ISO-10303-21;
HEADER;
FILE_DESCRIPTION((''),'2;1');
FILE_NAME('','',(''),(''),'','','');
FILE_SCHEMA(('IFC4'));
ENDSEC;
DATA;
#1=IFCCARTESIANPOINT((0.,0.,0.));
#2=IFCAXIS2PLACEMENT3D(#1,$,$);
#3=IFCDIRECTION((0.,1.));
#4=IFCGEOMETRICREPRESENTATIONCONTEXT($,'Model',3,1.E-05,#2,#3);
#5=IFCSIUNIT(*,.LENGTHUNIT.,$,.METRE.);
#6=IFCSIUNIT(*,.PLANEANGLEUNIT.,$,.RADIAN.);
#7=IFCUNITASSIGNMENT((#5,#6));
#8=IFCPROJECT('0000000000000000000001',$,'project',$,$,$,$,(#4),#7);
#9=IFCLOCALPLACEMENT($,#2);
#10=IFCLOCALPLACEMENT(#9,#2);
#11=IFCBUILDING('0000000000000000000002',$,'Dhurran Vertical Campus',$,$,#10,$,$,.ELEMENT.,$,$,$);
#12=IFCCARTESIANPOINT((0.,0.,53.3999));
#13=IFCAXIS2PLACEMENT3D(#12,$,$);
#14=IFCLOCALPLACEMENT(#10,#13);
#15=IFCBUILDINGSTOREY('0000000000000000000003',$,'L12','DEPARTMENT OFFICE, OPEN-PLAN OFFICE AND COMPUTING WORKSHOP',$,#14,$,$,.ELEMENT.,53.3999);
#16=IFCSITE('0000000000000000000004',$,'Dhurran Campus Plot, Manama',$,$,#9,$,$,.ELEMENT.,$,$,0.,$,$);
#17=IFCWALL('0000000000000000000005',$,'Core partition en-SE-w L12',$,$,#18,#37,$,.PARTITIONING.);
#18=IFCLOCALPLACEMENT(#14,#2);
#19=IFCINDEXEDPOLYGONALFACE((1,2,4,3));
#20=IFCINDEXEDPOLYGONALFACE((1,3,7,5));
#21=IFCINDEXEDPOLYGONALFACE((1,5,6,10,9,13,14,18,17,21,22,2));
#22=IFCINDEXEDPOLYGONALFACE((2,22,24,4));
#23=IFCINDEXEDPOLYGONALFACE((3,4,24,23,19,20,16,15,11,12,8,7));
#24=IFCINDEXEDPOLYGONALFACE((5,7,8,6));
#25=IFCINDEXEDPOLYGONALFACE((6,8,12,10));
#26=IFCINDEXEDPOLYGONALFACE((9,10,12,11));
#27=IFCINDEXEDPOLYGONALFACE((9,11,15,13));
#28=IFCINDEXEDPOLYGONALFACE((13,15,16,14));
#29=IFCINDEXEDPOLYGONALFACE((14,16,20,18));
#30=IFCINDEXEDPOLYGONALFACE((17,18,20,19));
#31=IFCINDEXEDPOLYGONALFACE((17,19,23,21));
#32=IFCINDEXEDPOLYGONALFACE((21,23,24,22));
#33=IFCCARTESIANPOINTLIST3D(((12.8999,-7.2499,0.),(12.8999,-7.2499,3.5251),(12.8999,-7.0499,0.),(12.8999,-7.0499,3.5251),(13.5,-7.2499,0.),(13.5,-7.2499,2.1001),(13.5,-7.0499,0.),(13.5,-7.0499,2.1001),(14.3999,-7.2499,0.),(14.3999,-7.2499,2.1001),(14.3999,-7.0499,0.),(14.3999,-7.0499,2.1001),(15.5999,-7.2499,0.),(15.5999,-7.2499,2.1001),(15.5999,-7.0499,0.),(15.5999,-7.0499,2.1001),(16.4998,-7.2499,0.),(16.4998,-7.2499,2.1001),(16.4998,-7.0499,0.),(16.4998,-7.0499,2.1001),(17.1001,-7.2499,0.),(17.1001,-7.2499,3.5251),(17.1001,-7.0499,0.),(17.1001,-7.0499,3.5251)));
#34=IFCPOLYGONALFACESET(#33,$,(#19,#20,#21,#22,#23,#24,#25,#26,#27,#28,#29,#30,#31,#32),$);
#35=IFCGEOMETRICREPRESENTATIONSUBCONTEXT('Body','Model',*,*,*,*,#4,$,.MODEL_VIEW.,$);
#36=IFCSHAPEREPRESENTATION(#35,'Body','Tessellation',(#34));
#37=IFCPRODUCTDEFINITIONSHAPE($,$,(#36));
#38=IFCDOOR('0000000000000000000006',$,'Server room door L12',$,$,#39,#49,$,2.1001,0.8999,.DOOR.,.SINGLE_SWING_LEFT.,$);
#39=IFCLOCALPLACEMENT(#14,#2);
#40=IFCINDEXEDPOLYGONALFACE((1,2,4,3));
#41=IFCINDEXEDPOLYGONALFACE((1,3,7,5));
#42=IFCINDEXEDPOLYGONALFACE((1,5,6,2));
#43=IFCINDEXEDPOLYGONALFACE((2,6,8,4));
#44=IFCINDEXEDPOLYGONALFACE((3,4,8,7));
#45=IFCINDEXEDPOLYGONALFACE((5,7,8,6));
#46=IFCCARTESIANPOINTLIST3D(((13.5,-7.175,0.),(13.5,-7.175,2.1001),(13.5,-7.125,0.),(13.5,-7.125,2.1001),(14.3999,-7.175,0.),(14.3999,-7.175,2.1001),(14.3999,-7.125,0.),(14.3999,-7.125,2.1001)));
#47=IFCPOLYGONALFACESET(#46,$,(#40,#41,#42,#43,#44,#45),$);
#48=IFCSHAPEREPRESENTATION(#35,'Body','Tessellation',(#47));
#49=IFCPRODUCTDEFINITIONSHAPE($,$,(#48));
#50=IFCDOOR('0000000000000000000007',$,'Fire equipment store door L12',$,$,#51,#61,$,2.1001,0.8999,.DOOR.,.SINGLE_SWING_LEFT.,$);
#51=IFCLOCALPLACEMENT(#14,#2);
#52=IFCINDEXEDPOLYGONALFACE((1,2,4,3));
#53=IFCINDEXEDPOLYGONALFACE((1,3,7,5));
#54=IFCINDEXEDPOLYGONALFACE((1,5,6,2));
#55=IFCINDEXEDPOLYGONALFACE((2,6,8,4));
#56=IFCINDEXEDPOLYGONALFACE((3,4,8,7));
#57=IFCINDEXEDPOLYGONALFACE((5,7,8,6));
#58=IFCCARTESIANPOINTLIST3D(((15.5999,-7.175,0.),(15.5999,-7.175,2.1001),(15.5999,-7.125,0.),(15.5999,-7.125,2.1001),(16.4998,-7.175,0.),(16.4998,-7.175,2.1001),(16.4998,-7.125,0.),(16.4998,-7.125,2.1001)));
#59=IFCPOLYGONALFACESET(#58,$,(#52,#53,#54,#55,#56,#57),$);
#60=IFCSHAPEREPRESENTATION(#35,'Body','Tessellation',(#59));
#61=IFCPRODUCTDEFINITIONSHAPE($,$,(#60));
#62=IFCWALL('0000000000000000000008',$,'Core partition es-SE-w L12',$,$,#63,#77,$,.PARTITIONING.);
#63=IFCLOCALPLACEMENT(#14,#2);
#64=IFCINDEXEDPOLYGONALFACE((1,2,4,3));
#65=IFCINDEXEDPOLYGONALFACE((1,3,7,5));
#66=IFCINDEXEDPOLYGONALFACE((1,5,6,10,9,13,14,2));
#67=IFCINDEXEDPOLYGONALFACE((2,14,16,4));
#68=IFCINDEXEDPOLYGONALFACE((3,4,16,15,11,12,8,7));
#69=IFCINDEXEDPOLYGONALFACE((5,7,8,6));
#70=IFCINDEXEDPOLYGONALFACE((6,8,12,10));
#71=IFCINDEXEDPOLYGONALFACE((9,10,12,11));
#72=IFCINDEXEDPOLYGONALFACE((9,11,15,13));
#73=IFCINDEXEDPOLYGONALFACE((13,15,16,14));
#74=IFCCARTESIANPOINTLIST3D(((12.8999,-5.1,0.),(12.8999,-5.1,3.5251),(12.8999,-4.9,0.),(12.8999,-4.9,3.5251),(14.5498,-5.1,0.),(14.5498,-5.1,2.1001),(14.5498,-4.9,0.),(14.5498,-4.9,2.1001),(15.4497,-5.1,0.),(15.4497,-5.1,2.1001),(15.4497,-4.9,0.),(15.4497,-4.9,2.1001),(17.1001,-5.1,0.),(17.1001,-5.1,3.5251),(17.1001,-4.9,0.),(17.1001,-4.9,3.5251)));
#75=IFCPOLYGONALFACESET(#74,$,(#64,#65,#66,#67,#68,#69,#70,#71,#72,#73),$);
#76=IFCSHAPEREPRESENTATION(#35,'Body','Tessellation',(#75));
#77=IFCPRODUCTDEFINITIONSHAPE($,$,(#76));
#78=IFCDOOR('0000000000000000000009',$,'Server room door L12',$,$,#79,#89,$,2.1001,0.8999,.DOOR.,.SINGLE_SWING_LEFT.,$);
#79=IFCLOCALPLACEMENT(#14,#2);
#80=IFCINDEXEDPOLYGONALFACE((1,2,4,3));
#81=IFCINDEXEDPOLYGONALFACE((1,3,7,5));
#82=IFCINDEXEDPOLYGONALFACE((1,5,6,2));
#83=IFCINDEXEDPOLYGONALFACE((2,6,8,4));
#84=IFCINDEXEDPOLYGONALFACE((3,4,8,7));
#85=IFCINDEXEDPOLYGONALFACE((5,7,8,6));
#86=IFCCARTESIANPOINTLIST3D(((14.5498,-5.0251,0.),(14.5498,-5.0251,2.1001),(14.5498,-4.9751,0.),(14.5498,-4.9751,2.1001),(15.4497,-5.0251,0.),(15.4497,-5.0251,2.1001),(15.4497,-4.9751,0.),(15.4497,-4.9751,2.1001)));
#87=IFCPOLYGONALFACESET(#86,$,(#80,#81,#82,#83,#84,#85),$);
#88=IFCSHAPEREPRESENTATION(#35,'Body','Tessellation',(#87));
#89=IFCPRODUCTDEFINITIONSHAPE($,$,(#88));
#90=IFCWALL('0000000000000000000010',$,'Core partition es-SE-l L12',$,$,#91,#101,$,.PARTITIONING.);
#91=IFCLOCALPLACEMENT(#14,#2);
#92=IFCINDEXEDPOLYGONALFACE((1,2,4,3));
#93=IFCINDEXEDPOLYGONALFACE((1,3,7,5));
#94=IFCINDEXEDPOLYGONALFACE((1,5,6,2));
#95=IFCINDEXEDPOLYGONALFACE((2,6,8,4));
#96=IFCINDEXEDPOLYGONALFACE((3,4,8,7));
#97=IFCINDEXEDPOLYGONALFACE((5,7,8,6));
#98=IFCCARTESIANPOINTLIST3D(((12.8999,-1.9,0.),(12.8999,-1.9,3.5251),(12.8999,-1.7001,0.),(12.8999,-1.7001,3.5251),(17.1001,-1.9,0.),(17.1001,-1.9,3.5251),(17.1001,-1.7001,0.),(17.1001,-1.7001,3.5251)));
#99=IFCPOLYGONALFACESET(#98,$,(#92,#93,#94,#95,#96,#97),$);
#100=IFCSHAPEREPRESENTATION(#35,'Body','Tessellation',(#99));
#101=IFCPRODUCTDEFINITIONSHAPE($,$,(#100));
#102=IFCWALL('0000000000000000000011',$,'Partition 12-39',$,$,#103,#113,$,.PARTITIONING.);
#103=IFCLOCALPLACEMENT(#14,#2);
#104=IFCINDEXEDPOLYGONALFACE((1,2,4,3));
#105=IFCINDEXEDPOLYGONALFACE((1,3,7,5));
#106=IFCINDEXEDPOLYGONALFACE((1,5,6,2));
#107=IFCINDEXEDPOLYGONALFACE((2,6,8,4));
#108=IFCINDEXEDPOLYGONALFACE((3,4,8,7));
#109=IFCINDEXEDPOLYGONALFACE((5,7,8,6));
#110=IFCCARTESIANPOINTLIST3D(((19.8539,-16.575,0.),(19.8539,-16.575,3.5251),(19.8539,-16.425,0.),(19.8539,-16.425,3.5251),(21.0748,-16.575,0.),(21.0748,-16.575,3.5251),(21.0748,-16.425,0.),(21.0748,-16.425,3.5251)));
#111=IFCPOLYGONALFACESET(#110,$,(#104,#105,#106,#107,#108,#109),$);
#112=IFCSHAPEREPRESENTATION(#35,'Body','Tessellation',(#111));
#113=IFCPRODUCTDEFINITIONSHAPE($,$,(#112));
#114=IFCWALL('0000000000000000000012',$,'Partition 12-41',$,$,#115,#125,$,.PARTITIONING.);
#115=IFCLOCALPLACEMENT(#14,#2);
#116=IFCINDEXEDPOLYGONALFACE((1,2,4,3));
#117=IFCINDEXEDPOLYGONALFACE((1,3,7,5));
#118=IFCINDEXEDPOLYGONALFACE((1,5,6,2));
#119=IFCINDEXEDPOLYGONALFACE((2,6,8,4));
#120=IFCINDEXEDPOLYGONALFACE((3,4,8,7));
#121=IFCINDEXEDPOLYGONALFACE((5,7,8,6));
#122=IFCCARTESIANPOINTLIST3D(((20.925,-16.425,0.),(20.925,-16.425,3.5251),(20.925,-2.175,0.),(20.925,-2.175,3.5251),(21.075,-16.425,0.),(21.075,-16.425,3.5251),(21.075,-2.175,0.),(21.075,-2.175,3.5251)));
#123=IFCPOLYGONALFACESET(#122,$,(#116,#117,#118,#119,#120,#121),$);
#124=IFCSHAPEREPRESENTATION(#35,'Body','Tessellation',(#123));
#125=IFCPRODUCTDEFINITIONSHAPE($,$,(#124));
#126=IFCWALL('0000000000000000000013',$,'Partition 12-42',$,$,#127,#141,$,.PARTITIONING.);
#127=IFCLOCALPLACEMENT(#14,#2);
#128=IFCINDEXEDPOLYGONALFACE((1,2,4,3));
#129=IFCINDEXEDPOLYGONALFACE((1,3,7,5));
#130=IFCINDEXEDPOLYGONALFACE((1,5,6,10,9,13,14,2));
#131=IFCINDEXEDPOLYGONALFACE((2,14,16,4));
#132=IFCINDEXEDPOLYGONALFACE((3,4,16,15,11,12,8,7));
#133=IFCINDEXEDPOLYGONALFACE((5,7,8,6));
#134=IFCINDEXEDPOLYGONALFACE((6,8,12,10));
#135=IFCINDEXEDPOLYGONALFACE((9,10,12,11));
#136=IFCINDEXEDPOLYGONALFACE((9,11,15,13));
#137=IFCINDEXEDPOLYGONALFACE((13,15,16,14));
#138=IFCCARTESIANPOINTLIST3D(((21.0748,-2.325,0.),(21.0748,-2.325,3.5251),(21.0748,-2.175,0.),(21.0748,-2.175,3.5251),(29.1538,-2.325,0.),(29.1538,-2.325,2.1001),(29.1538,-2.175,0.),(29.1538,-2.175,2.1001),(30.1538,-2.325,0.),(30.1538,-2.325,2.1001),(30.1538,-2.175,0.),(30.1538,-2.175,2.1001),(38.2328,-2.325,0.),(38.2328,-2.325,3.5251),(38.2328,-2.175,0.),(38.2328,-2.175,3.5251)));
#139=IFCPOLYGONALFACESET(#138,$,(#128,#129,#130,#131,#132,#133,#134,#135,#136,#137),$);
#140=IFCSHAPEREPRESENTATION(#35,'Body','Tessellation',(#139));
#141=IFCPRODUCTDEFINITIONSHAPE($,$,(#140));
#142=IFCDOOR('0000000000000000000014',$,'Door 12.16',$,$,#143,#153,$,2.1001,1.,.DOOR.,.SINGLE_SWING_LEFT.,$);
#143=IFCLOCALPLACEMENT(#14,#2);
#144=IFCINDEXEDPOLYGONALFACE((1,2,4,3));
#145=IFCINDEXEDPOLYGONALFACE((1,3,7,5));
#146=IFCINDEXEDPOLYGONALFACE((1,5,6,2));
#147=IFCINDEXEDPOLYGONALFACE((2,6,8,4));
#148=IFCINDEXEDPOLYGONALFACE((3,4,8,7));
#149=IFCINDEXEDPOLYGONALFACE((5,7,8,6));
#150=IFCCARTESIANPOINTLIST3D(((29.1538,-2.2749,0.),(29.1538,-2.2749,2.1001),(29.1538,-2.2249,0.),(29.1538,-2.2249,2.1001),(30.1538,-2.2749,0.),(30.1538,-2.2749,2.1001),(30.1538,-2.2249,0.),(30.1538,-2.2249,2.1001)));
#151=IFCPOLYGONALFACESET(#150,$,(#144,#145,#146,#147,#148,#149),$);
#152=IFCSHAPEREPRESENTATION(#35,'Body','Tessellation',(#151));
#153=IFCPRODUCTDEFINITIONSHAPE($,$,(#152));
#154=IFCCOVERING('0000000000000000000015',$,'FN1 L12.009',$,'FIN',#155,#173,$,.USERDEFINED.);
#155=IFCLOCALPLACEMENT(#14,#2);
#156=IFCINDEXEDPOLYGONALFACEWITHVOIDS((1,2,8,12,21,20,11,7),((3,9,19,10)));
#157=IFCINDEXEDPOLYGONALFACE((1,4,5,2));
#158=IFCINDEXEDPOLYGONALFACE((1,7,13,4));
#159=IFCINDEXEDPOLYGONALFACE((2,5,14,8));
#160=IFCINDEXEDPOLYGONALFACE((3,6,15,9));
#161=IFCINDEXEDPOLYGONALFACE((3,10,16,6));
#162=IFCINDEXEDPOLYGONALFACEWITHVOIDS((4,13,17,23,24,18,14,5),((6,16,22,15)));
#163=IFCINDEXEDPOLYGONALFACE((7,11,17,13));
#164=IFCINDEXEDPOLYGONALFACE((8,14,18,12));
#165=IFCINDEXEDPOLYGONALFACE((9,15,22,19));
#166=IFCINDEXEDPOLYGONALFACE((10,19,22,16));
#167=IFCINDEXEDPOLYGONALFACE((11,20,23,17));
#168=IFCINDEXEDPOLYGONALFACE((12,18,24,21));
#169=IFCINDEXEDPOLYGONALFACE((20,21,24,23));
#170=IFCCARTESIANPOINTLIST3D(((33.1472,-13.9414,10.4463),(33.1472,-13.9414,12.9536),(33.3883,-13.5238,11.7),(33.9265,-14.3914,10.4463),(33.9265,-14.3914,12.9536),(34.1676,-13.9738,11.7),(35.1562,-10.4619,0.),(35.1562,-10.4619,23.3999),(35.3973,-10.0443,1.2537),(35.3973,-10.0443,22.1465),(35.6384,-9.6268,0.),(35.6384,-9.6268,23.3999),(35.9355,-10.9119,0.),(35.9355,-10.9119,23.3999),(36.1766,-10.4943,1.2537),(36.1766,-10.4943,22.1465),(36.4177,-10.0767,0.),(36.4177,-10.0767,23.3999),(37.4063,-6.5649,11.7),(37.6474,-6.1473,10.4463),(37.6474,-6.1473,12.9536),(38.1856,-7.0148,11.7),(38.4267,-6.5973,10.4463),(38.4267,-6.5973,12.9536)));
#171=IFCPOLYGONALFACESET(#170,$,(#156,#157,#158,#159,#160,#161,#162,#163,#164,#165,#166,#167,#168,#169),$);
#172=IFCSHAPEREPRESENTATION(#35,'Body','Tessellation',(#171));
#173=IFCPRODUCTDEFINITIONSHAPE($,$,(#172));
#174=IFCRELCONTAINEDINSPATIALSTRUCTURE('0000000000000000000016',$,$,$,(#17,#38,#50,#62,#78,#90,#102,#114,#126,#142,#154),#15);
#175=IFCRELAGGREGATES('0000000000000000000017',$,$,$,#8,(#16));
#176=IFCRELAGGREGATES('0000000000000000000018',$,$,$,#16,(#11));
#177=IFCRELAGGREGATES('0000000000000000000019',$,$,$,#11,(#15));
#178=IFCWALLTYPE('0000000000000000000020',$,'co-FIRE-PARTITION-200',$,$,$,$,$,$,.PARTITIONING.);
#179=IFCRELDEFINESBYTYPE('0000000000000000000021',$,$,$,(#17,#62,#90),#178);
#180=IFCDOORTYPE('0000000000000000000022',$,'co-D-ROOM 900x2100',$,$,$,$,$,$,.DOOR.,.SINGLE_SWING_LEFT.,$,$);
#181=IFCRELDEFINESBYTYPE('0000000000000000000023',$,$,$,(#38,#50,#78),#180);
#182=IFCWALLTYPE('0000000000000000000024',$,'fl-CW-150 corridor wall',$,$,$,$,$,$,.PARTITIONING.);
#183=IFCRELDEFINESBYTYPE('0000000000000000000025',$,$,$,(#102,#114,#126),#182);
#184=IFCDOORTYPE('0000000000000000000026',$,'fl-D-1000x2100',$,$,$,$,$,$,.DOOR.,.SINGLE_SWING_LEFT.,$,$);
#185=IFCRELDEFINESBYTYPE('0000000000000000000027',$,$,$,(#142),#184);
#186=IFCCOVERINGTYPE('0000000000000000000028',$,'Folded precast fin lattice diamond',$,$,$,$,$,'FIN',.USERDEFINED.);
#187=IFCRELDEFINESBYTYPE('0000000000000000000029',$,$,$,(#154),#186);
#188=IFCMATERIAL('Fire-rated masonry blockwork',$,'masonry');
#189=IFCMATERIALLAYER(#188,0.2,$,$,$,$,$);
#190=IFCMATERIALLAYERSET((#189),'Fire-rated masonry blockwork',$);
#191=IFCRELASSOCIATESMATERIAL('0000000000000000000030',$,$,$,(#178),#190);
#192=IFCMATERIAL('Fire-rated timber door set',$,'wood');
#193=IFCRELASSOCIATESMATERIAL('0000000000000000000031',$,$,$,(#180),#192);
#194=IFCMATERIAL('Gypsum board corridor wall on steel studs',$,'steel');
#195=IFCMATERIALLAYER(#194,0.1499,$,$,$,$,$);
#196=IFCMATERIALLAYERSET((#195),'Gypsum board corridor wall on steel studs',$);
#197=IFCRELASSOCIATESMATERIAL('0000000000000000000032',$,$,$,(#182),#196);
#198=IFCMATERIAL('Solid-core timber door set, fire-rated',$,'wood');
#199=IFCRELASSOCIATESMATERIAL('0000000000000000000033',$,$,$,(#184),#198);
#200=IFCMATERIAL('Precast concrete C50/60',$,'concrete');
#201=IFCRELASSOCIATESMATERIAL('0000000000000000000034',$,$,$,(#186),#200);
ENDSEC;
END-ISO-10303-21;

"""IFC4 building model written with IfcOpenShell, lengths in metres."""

from ifc_helpers import new_model, si_unit, direction, frame, frame_2d, origin, place, context, subcontext, project, spatial, polyline, rectangle, outline, extrude, material, layer, layer_set, type_object, element, fill, save


model = new_model("IFC4")

# Units and contexts
model_context = context("Model", 3, precision=1e-05, world=origin(), true_north=direction((0.0, 1.0)))
body_context = subcontext(model_context, "Body", "Model", "MODEL_VIEW")
ifc_project = project(units=[si_unit("LENGTHUNIT", "METRE"), si_unit("PLANEANGLEUNIT", "RADIAN")], contexts=[model_context])

# Site, building, storey
site_placement = place(None, origin())
site = spatial("IfcSite", under=ifc_project, at=site_placement, Name="Dhurran Campus Plot, Manama", CompositionType="ELEMENT", RefElevation=0.0)
building_placement = place(site_placement, origin())
building = spatial("IfcBuilding", under=site, at=building_placement, Name="Dhurran Vertical Campus", CompositionType="ELEMENT")
storey_placement = place(building_placement, frame((0.0, 0.0, 53.3999)))
storey = spatial("IfcBuildingStorey", under=building, at=storey_placement, Name="L12", Description="DEPARTMENT OFFICE, OPEN-PLAN OFFICE AND COMPUTING WORKSHOP", CompositionType="ELEMENT", Elevation=53.3999)

# Shared definitions
ifc_material_1 = material(Name="Fire-rated masonry blockwork", Category="masonry")
ifc_layer_1 = layer(ifc_material_1, 0.2)
ifc_layer_set_1 = layer_set([ifc_layer_1], Name="Fire-rated masonry blockwork")
wall_type_1 = type_object("IfcWallType", Name="co-FIRE-PARTITION-200", PredefinedType="PARTITIONING", material=ifc_layer_set_1)

# Wall, openings, doors
wall_1_placement = place(storey_placement, frame((12.8999, -7.1499, 0.0), z_axis=(0.0, 0.0, 1.0), x_axis=(1.0, 0.0, 0.0)))
wall_1 = element("IfcWall", 1, at=wall_1_placement, inside=storey, type_object=wall_type_1, Name="Core partition en-SE-w L12", PredefinedType="PARTITIONING", context=body_context, shape_type="SweptSolid", body=[
    extrude(rectangle(XDim=4.2002, YDim=0.2, at=frame_2d((2.1001, 0.0))), origin(), (0.0, 0.0, 1.0), 3.5251),
])
opening_1_placement = place(wall_1_placement, frame((0.6001, 0.0, 0.0)))
opening_1 = element("IfcOpeningElement", 2, at=opening_1_placement, cuts=wall_1, PredefinedType="OPENING", context=body_context, shape_type="SweptSolid", body=[
    extrude(rectangle(XDim=0.8999, YDim=2.1001, at=frame_2d((0.45, 1.05))), frame((0.0, 0.1099, 0.0), z_axis=(0.0, -1.0, 0.0), x_axis=(1.0, 0.0, 0.0)), (0.0, 0.0, 1.0), 0.22),
])
opening_2_placement = place(wall_1_placement, frame((2.7, 0.0, 0.0)))
opening_2 = element("IfcOpeningElement", 3, at=opening_2_placement, cuts=wall_1, PredefinedType="OPENING", context=body_context, shape_type="SweptSolid", body=[
    extrude(rectangle(XDim=0.8999, YDim=2.1001, at=frame_2d((0.45, 1.05))), frame((0.0, 0.1099, 0.0), z_axis=(0.0, -1.0, 0.0), x_axis=(1.0, 0.0, 0.0)), (0.0, 0.0, 1.0), 0.22),
])
ifc_material_2 = material(Name="Fire-rated timber door set", Category="wood")
door_type_1 = type_object("IfcDoorType", Name="co-D-ROOM 900x2100", OperationType="SINGLE_SWING_LEFT", PredefinedType="DOOR", material=ifc_material_2)
door_1_placement = place(opening_1_placement, origin())
door_1 = element("IfcDoor", 4, at=door_1_placement, inside=storey, type_object=door_type_1, Name="Server room door L12", OperationType="SINGLE_SWING_LEFT", OverallHeight=2.1001, OverallWidth=0.8999, PredefinedType="DOOR", context=body_context, shape_type="SweptSolid", body=[
    extrude(rectangle(XDim=0.8999, YDim=2.1001, at=frame_2d((0.45, 1.05))), frame((0.0, 0.0249, 0.0), z_axis=(0.0, -1.0, 0.0), x_axis=(1.0, 0.0, 0.0)), (0.0, 0.0, 1.0), 0.05),
])
fill(opening_1, door_1)
door_2_placement = place(opening_2_placement, origin())
door_2 = element("IfcDoor", 5, at=door_2_placement, inside=storey, type_object=door_type_1, Name="Fire equipment store door L12", OperationType="SINGLE_SWING_LEFT", OverallHeight=2.1001, OverallWidth=0.8999, PredefinedType="DOOR", context=body_context, shape_type="SweptSolid", body=[
    extrude(rectangle(XDim=0.8999, YDim=2.1001, at=frame_2d((0.45, 1.05))), frame((0.0, 0.0249, 0.0), z_axis=(0.0, -1.0, 0.0), x_axis=(1.0, 0.0, 0.0)), (0.0, 0.0, 1.0), 0.05),
])
fill(opening_2, door_2)

# Wall, opening, door
wall_2_placement = place(storey_placement, frame((12.8999, -5.0, 0.0), z_axis=(0.0, 0.0, 1.0), x_axis=(1.0, 0.0, 0.0)))
wall_2 = element("IfcWall", 6, at=wall_2_placement, inside=storey, type_object=wall_type_1, Name="Core partition es-SE-w L12", PredefinedType="PARTITIONING", context=body_context, shape_type="SweptSolid", body=[
    extrude(rectangle(XDim=4.2002, YDim=0.2, at=frame_2d((2.1001, 0.0))), origin(), (0.0, 0.0, 1.0), 3.5251),
])
opening_3_placement = place(wall_2_placement, frame((1.6499, 0.0, 0.0)))
opening_3 = element("IfcOpeningElement", 7, at=opening_3_placement, cuts=wall_2, PredefinedType="OPENING", context=body_context, shape_type="SweptSolid", body=[
    extrude(rectangle(XDim=0.8999, YDim=2.1001, at=frame_2d((0.45, 1.05))), frame((0.0, 0.1099, 0.0), z_axis=(0.0, -1.0, 0.0), x_axis=(1.0, 0.0, 0.0)), (0.0, 0.0, 1.0), 0.22),
])
door_3_placement = place(opening_3_placement, origin())
door_3 = element("IfcDoor", 8, at=door_3_placement, inside=storey, type_object=door_type_1, Name="Server room door L12", OperationType="SINGLE_SWING_LEFT", OverallHeight=2.1001, OverallWidth=0.8999, PredefinedType="DOOR", context=body_context, shape_type="SweptSolid", body=[
    extrude(rectangle(XDim=0.8999, YDim=2.1001, at=frame_2d((0.45, 1.05))), frame((0.0, 0.0249, 0.0), z_axis=(0.0, -1.0, 0.0), x_axis=(1.0, 0.0, 0.0)), (0.0, 0.0, 1.0), 0.05),
])
fill(opening_3, door_3)

# Walls
wall_3_placement = place(storey_placement, frame((12.8999, -1.8, 0.0), z_axis=(0.0, 0.0, 1.0), x_axis=(1.0, 0.0, 0.0)))
element("IfcWall", 9, at=wall_3_placement, inside=storey, type_object=wall_type_1, Name="Core partition es-SE-l L12", PredefinedType="PARTITIONING", context=body_context, shape_type="SweptSolid", body=[
    extrude(rectangle(XDim=4.2002, YDim=0.2, at=frame_2d((2.1001, 0.0))), origin(), (0.0, 0.0, 1.0), 3.5251),
])
ifc_material_3 = material(Name="Gypsum board corridor wall on steel studs", Category="steel")
ifc_layer_2 = layer(ifc_material_3, 0.1499)
ifc_layer_set_2 = layer_set([ifc_layer_2], Name="Gypsum board corridor wall on steel studs")
wall_type_2 = type_object("IfcWallType", Name="fl-CW-150 corridor wall", PredefinedType="PARTITIONING", material=ifc_layer_set_2)
wall_4_placement = place(storey_placement, frame((19.854, -16.5, 0.0), z_axis=(0.0, 0.0, 1.0), x_axis=(1.0, 0.0, 0.0)))
element("IfcWall", 10, at=wall_4_placement, inside=storey, type_object=wall_type_2, Name="Partition 12-39", PredefinedType="PARTITIONING", context=body_context, shape_type="SweptSolid", body=[
    extrude(rectangle(XDim=1.2209, YDim=0.1499, at=frame_2d((0.6104, 0.0))), origin(), (0.0, 0.0, 1.0), 3.5251),
])
wall_5_placement = place(storey_placement, frame((21.0, -16.425, 0.0), z_axis=(0.0, 0.0, 1.0), x_axis=(0.0, 1.0, 0.0)))
element("IfcWall", 11, at=wall_5_placement, inside=storey, type_object=wall_type_2, Name="Partition 12-41", PredefinedType="PARTITIONING", context=body_context, shape_type="SweptSolid", body=[
    extrude(rectangle(XDim=14.25, YDim=0.1499, at=frame_2d((7.125, 0.0))), origin(), (0.0, 0.0, 1.0), 3.5251),
])

# Wall, opening, door
wall_6_placement = place(storey_placement, frame((38.2329, -2.25, 0.0), z_axis=(0.0, 0.0, 1.0), x_axis=(-1.0, 0.0, 0.0)))
wall_6 = element("IfcWall", 12, at=wall_6_placement, inside=storey, type_object=wall_type_2, Name="Partition 12-42", PredefinedType="PARTITIONING", context=body_context, shape_type="SweptSolid", body=[
    extrude(rectangle(XDim=17.158, YDim=0.1499, at=frame_2d((8.5791, 0.0))), origin(), (0.0, 0.0, 1.0), 3.5251),
])
opening_4_placement = place(wall_6_placement, frame((8.0791, 0.0, 0.0)))
opening_4 = element("IfcOpeningElement", 13, at=opening_4_placement, cuts=wall_6, PredefinedType="OPENING", context=body_context, shape_type="SweptSolid", body=[
    extrude(rectangle(XDim=1.0, YDim=2.1001, at=frame_2d((0.5, 1.05))), frame((0.0, 0.085, 0.0), z_axis=(0.0, -1.0, 0.0), x_axis=(1.0, 0.0, 0.0)), (0.0, 0.0, 1.0), 0.1699),
])
ifc_material_4 = material(Name="Solid-core timber door set, fire-rated", Category="wood")
door_type_2 = type_object("IfcDoorType", Name="fl-D-1000x2100", OperationType="SINGLE_SWING_LEFT", PredefinedType="DOOR", material=ifc_material_4)
door_4_placement = place(opening_4_placement, origin())
door_4 = element("IfcDoor", 14, at=door_4_placement, inside=storey, type_object=door_type_2, Name="Door 12.16", OperationType="SINGLE_SWING_LEFT", OverallHeight=2.1001, OverallWidth=1.0, PredefinedType="DOOR", context=body_context, shape_type="SweptSolid", body=[
    extrude(rectangle(XDim=1.0, YDim=2.1001, at=frame_2d((0.5, 1.05))), frame((0.0, 0.0249, 0.0), z_axis=(0.0, -1.0, 0.0), x_axis=(1.0, 0.0, 0.0)), (0.0, 0.0, 1.0), 0.05),
])
fill(opening_4, door_4)

# Covering
ifc_material_5 = material(Name="Precast concrete C50/60", Category="concrete")
covering_type = type_object("IfcCoveringType", Name="Folded precast fin lattice diamond", ElementType="FIN", PredefinedType="USERDEFINED", material=ifc_material_5)
covering_1_placement = place(storey_placement, frame((33.1472, -13.9414, 0.0), z_axis=(0.866014, -0.50002, 0.0), x_axis=(0.50002, 0.866014, 0.0)))
element("IfcCovering", 15, at=covering_1_placement, inside=storey, type_object=covering_type, Name="FN1 L12.009", ObjectType="FIN", PredefinedType="USERDEFINED", context=body_context, shape_type="SweptSolid", body=[
    extrude(outline(polyline([(9.0, 12.9536), (9.0, 10.4463), (4.9822, 0.0), (4.0178, 0.0), (0.0, 10.4463), (0.0, 12.9536), (4.0178, 23.3999), (4.9822, 23.3999), (9.0, 12.9536)]), holes=[polyline([(8.5178, 11.7), (4.5, 22.1465), (0.4822, 11.7), (4.5, 1.2537), (8.5178, 11.7)])]), origin(), (0.0, 0.0, 1.0), 0.8999),
])

save(model, "model.ifc")
